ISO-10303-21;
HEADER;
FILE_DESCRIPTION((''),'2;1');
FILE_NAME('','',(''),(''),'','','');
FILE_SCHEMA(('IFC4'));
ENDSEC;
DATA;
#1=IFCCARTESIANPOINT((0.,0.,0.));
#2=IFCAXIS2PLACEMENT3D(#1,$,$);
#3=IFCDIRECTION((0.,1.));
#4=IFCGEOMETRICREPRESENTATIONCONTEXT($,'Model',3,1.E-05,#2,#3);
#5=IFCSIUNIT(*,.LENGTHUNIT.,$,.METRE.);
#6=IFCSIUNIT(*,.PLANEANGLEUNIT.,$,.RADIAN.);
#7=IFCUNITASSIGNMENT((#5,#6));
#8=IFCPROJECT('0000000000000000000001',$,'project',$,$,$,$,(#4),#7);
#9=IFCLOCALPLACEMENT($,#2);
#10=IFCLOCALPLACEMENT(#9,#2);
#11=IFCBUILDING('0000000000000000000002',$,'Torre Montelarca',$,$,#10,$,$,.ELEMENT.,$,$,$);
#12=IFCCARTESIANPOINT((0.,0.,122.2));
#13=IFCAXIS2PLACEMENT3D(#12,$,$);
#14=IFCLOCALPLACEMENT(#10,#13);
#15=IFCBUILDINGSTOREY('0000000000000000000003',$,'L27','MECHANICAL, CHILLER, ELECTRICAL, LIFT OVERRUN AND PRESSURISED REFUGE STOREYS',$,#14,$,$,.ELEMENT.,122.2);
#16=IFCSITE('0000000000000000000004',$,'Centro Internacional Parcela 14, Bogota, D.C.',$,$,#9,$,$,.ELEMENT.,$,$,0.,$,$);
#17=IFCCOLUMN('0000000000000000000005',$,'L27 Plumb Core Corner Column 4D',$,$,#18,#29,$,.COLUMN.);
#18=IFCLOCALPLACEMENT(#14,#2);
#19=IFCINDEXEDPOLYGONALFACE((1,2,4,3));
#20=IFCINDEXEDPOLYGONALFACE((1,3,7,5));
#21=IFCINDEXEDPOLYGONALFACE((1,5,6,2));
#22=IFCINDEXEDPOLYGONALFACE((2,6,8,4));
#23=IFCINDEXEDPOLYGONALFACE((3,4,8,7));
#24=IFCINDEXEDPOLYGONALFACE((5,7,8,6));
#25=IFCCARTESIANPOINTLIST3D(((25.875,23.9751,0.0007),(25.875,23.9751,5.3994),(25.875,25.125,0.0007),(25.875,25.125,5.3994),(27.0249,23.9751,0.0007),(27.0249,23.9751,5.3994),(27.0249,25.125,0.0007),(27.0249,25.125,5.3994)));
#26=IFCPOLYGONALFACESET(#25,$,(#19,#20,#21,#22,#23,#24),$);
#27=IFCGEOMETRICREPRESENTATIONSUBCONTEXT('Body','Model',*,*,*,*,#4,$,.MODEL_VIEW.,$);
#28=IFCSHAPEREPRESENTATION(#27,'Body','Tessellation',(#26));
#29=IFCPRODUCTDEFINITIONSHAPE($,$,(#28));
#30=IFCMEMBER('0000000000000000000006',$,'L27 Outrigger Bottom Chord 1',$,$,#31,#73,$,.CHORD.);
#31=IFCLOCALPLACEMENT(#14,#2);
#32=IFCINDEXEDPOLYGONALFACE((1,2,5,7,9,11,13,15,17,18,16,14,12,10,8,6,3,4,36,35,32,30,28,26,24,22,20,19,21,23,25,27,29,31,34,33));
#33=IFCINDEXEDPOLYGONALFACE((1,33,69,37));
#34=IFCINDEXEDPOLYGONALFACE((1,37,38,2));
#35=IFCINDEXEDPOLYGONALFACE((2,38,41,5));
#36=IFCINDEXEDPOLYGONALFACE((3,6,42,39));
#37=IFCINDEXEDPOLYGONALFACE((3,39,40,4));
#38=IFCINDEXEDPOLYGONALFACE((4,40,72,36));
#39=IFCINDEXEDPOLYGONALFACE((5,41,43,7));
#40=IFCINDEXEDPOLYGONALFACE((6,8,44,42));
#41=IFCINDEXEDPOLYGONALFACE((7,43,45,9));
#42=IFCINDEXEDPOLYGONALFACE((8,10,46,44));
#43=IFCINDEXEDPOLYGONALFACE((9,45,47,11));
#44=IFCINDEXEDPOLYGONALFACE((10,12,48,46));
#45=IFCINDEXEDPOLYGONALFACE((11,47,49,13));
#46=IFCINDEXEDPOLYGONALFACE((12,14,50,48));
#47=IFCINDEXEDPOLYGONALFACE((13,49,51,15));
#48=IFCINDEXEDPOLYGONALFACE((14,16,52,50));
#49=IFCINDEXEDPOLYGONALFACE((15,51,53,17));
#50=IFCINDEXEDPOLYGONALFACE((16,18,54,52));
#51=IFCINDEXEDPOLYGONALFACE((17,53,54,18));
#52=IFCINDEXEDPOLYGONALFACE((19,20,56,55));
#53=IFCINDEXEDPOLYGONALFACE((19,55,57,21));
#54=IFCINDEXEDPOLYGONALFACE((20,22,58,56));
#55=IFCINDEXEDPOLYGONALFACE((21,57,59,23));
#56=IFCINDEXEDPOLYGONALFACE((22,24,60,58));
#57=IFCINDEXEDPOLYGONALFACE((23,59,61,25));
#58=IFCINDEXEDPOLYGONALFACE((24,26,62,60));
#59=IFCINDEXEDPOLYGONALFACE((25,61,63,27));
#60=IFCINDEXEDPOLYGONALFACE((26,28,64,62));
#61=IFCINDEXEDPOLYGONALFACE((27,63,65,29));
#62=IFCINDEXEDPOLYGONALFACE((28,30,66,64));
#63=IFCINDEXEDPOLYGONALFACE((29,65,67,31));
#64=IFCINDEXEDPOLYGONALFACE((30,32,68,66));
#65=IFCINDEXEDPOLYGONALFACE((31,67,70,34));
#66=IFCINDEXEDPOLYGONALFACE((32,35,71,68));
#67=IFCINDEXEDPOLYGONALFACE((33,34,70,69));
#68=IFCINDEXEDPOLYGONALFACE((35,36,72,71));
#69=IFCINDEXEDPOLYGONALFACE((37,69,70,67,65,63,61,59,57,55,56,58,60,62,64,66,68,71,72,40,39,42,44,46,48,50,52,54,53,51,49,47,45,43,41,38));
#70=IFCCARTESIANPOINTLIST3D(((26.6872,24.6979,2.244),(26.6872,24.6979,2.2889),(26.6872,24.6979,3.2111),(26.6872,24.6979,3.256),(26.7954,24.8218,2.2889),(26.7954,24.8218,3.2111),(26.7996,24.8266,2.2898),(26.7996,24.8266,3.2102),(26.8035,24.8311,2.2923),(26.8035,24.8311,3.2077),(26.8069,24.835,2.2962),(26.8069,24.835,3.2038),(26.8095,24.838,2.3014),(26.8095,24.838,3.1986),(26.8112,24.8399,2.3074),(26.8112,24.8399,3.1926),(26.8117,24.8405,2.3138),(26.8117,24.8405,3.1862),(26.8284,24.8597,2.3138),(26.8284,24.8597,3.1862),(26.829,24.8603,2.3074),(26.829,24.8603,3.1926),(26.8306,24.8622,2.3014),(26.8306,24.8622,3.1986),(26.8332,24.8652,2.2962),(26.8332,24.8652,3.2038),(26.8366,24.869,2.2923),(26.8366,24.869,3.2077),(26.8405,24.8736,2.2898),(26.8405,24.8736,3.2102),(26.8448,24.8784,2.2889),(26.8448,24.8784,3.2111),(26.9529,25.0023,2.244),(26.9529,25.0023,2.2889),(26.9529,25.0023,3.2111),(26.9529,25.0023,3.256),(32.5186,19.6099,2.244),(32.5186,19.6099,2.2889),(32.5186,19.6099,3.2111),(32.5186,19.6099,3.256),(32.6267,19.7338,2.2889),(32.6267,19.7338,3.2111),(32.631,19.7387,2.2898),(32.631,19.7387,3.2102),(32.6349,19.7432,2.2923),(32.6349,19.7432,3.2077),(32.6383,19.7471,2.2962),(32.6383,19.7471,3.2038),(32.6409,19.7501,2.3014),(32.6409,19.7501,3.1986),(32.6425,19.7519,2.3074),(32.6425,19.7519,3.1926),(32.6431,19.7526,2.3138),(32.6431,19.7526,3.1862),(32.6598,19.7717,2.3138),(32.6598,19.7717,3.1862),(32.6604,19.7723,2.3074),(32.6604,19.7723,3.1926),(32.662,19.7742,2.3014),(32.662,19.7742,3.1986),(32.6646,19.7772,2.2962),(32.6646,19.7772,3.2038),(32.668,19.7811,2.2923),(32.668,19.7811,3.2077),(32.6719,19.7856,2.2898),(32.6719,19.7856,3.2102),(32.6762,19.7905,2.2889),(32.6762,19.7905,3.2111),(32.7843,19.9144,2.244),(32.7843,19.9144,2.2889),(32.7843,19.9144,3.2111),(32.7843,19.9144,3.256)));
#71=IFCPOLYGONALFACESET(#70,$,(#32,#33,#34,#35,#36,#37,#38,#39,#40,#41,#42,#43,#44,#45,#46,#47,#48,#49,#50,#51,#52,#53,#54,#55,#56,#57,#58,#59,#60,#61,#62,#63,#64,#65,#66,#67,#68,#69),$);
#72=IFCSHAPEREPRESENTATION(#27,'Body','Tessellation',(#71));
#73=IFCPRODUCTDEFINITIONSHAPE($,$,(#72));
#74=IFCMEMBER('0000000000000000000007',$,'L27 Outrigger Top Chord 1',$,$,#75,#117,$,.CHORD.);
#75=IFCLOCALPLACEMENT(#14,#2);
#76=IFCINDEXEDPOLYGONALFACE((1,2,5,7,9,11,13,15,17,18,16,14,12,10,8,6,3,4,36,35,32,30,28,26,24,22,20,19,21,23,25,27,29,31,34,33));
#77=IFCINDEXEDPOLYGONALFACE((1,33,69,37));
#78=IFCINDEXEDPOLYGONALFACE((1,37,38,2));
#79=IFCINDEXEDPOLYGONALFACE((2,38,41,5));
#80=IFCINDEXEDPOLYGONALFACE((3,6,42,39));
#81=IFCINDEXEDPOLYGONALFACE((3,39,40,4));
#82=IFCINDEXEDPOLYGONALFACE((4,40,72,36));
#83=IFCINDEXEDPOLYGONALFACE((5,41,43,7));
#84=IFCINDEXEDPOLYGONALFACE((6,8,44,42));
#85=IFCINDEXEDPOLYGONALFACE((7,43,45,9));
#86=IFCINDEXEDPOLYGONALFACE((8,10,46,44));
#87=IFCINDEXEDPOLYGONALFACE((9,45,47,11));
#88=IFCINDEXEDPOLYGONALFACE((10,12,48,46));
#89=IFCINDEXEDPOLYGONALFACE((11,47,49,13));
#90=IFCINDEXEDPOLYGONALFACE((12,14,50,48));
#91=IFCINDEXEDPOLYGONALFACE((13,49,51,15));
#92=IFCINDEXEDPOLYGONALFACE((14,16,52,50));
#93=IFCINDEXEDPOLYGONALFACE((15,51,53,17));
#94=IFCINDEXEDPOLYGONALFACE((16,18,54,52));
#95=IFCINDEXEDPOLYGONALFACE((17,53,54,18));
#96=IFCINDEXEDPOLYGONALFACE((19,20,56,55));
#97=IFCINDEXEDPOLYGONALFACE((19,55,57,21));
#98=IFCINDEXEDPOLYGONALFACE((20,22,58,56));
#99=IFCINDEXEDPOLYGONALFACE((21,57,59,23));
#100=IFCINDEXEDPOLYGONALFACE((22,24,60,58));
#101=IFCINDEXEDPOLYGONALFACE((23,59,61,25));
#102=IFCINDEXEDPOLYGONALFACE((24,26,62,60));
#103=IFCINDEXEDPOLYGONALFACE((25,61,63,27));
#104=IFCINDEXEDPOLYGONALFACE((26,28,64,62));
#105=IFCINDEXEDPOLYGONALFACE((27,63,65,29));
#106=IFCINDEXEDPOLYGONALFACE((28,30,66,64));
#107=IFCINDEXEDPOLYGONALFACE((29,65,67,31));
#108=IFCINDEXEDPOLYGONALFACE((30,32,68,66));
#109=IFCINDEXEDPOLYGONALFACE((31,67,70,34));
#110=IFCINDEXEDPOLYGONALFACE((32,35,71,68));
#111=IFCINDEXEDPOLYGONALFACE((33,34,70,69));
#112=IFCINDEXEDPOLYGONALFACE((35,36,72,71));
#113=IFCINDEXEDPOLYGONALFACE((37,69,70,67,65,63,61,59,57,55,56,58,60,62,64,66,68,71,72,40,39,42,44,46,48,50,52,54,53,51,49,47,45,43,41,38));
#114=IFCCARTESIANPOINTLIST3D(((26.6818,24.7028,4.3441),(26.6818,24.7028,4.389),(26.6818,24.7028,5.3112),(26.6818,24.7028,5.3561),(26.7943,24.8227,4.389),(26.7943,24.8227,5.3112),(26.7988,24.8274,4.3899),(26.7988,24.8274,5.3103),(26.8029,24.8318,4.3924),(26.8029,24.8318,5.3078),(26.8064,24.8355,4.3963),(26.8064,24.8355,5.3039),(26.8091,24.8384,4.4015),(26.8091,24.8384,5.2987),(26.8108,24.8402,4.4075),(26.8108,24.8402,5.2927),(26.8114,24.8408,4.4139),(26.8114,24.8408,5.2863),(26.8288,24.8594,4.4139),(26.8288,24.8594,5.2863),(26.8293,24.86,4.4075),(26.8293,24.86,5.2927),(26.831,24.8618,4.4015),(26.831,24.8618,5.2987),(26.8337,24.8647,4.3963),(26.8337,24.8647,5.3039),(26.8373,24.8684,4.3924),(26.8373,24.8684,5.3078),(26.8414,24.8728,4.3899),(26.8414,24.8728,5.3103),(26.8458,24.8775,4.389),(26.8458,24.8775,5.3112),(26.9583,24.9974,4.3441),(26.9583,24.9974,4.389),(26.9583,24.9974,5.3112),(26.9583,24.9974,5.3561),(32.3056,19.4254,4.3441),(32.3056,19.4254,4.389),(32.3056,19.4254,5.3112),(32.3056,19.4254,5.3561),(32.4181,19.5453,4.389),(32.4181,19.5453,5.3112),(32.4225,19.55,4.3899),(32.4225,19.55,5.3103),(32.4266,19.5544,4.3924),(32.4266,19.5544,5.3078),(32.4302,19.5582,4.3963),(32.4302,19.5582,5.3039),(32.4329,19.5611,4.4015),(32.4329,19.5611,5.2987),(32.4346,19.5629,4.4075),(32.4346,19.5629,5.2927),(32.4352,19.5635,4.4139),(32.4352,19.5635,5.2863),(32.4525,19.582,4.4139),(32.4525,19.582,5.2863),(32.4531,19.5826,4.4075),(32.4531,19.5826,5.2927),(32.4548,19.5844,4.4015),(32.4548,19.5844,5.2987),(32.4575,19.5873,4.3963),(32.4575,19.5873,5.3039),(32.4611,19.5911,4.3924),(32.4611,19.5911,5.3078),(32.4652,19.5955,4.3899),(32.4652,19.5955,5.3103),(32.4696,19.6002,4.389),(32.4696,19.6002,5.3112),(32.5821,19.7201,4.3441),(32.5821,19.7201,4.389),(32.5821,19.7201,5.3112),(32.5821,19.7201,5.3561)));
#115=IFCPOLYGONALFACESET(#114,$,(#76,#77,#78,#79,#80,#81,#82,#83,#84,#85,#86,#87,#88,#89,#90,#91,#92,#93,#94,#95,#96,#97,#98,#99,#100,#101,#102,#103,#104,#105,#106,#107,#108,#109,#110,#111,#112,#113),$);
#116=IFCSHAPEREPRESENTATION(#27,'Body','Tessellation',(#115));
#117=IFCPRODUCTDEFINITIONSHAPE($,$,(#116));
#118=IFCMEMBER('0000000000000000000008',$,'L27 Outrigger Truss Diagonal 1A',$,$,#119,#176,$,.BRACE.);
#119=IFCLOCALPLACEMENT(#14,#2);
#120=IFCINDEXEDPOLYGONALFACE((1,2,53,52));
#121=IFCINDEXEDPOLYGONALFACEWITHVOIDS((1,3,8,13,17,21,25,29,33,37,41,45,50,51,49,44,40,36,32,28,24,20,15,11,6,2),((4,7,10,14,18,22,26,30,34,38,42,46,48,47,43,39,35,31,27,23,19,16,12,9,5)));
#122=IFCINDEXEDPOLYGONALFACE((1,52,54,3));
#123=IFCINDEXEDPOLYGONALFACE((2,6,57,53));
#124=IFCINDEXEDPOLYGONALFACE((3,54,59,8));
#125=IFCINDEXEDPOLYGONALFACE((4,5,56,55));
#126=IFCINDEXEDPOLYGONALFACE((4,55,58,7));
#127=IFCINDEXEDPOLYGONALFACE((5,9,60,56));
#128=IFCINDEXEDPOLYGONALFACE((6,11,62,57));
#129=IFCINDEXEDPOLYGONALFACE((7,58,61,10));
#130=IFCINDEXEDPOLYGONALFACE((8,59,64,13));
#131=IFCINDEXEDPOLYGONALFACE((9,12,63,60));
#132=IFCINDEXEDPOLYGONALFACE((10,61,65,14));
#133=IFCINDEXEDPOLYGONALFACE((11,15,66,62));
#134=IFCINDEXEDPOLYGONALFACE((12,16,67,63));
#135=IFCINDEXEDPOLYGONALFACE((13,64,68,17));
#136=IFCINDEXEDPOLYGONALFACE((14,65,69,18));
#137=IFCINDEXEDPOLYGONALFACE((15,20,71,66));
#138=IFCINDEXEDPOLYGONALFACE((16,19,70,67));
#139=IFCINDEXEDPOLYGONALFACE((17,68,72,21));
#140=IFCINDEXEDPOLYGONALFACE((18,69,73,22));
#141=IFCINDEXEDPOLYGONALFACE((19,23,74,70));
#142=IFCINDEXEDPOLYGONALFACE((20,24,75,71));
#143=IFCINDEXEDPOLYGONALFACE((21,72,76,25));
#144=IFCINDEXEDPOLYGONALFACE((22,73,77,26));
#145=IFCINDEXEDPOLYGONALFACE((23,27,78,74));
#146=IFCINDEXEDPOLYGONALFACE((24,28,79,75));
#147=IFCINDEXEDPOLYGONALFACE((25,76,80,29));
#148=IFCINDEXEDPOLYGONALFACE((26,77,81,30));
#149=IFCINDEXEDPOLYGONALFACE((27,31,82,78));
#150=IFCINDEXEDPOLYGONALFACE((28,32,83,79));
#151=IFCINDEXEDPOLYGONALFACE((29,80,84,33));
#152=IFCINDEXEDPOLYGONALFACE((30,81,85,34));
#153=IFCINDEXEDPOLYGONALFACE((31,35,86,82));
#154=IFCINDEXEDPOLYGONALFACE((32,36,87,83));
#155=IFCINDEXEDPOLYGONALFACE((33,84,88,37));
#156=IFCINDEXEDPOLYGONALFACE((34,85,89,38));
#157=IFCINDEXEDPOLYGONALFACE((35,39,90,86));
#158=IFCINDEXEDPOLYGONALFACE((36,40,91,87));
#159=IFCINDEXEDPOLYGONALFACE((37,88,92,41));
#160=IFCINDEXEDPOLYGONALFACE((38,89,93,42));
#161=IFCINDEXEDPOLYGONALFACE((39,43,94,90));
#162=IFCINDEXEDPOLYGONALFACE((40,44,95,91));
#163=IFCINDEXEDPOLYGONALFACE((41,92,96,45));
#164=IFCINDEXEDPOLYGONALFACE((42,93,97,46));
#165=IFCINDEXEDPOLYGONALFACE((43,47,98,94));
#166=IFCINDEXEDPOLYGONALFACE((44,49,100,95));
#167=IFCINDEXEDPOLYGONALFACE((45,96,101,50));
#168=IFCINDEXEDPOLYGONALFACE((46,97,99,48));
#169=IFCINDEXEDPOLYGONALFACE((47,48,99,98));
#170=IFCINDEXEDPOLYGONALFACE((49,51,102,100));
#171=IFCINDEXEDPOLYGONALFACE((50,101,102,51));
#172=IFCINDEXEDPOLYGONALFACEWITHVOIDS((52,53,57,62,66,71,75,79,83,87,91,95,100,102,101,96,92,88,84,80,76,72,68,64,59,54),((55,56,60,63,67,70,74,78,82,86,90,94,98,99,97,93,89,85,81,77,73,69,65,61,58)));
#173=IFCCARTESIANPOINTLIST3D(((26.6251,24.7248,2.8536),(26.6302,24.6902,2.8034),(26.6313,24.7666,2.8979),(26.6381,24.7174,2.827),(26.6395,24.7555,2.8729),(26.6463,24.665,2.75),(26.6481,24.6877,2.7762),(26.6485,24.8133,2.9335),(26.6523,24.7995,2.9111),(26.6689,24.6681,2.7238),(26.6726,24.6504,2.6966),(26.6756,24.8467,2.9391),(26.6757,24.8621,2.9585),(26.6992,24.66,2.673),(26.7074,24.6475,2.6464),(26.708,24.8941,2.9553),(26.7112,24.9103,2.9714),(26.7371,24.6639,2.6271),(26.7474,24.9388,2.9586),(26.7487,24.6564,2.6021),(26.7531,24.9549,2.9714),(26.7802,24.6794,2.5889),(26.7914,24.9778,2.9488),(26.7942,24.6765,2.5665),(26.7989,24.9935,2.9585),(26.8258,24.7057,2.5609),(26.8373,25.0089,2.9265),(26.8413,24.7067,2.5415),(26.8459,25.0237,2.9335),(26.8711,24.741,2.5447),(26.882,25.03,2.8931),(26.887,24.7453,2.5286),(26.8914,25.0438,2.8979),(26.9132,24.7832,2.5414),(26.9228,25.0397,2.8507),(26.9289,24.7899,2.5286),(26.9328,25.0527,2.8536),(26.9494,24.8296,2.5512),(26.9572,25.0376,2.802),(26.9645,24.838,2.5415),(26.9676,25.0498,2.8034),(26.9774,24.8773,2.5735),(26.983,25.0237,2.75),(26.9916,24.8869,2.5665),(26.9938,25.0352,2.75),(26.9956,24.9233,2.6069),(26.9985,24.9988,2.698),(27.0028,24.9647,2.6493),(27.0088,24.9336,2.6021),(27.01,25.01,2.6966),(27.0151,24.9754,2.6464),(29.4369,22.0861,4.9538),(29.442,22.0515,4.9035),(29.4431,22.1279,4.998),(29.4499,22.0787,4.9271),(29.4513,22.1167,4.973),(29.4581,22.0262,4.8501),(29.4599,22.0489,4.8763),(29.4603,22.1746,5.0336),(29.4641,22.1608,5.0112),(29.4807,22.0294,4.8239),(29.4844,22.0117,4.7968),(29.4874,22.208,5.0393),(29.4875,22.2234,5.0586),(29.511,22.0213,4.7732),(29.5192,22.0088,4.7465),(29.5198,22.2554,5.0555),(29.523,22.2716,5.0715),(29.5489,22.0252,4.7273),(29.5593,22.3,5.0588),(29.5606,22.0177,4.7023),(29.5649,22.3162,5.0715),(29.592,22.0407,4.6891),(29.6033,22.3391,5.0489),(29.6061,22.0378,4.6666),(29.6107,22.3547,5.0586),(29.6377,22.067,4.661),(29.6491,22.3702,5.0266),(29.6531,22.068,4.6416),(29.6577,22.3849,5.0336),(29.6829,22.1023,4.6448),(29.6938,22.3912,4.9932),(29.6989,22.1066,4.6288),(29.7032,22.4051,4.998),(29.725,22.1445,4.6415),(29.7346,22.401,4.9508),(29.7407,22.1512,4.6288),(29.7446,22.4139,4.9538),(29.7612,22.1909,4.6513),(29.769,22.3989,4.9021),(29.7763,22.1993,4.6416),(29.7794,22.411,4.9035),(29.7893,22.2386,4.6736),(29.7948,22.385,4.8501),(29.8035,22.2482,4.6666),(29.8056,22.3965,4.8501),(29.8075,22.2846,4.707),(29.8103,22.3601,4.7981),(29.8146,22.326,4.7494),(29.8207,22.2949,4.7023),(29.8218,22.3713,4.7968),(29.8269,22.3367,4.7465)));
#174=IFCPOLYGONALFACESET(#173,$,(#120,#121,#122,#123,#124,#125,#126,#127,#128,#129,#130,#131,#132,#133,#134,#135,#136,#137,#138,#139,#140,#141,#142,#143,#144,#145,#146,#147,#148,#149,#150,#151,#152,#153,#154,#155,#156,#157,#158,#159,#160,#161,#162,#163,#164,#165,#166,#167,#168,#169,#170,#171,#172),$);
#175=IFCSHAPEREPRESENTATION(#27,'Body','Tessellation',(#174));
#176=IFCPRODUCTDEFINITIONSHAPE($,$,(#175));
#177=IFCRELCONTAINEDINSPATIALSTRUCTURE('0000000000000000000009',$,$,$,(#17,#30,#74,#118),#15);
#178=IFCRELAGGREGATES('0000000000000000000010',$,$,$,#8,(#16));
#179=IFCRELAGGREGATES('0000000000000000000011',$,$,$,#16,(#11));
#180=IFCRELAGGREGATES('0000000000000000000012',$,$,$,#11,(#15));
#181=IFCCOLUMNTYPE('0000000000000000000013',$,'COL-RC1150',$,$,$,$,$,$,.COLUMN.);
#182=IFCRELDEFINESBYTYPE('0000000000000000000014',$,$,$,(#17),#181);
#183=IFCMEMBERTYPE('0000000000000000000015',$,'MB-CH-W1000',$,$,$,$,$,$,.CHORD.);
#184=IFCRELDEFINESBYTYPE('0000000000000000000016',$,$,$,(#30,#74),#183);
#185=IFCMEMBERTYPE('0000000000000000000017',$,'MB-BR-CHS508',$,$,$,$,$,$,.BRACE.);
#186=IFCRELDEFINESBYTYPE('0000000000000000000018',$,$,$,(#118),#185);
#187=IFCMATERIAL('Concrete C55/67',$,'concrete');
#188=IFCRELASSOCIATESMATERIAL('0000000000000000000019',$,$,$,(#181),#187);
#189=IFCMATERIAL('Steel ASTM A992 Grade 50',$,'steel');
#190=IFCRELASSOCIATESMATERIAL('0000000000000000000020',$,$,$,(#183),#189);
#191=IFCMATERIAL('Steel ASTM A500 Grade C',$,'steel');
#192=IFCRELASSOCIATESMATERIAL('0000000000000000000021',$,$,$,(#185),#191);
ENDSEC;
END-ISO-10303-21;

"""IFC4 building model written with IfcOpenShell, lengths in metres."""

from ifc_helpers import new_model, si_unit, direction, frame, origin, origin_2d, place, context, subcontext, project, spatial, rectangle, hollow_circle, i_section, extrude, source, transform, mapped, material, material_profile, profile_set, type_object, element, save


model = new_model("IFC4")

# Units and contexts
model_context = context("Model", 3, precision=1e-05, world=origin(), true_north=direction((0.0, 1.0)))
body_context = subcontext(model_context, "Body", "Model", "MODEL_VIEW")
ifc_project = project(units=[si_unit("LENGTHUNIT", "METRE"), si_unit("PLANEANGLEUNIT", "RADIAN")], contexts=[model_context])

# Site, building, storey
site_placement = place(None, origin())
site = spatial("IfcSite", under=ifc_project, at=site_placement, Name="Centro Internacional Parcela 14, Bogota, D.C.", CompositionType="ELEMENT", RefElevation=0.0)
building_placement = place(site_placement, origin())
building = spatial("IfcBuilding", under=site, at=building_placement, Name="Torre Montelarca", CompositionType="ELEMENT")
storey_placement = place(building_placement, frame((0.0, 0.0, 122.2)))
storey = spatial("IfcBuildingStorey", under=building, at=storey_placement, Name="L27", Description="MECHANICAL, CHILLER, ELECTRICAL, LIFT OVERRUN AND PRESSURISED REFUGE STOREYS", CompositionType="ELEMENT", Elevation=122.2)

# Column
ifc_material_1 = material(Name="Concrete C55/67", Category="concrete")
ifc_material_profile_1 = material_profile(ifc_material_1, rectangle(XDim=1.1499, YDim=1.1499, at=origin_2d()), Name="RC1150X1150", Category="concrete")
ifc_profile_set_1 = profile_set([ifc_material_profile_1], Name="Concrete C55/67")
column_type = type_object("IfcColumnType", Name="COL-RC1150", PredefinedType="COLUMN", material=ifc_profile_set_1)
shared_shape_1 = source(origin(), body_context, "Body", "SweptSolid", [
    extrude(rectangle(XDim=1.1499, YDim=1.1499, at=origin_2d()), origin(), (0.0, 0.0, 1.0), 5.3987),
])
column_placement = place(storey_placement, frame((26.45, 24.55, 0.0007), z_axis=(0.0, 0.0, 1.0), x_axis=(1.0, 0.0, 0.0)))
element("IfcColumn", 1, at=column_placement, inside=storey, type_object=column_type, Name="L27 Plumb Core Corner Column 4D", PredefinedType="COLUMN", context=body_context, shape_type="MappedRepresentation", body=[
    mapped(shared_shape_1, transform((0.0, 0.0, 0.0), scale=1.0)),
])

# Members
ifc_material_2 = material(Name="Steel ASTM A992 Grade 50", Category="steel")
ifc_material_profile_2 = material_profile(ifc_material_2, i_section(OverallWidth=0.4041, OverallDepth=1.012, WebThickness=0.0254, FlangeThickness=0.0449, FilletRadius=0.0249, at=origin_2d()), Name="W1000X483", Category="steel")
ifc_profile_set_2 = profile_set([ifc_material_profile_2], Name="Steel ASTM A992 Grade 50")
member_type_1 = type_object("IfcMemberType", Name="MB-CH-W1000", PredefinedType="CHORD", material=ifc_profile_set_2)
shared_shape_2 = source(origin(), body_context, "Body", "SweptSolid", [
    extrude(i_section(OverallWidth=0.4041, OverallDepth=1.012, WebThickness=0.0254, FlangeThickness=0.0449, FilletRadius=0.0249, at=origin_2d()), origin(), (0.0, 0.0, 1.0), 7.739),
])
member_1_placement = place(storey_placement, frame((26.8201, 24.8501, 2.75), z_axis=(0.753504, -0.657443, 0.0), x_axis=(0.657443, 0.753504, 0.0)))
element("IfcMember", 2, at=member_1_placement, inside=storey, type_object=member_type_1, Name="L27 Outrigger Bottom Chord 1", PredefinedType="CHORD", context=body_context, shape_type="MappedRepresentation", body=[
    mapped(shared_shape_2, transform((0.0, 0.0, 0.0), scale=1.0)),
])
shared_shape_3 = source(origin(), body_context, "Body", "SweptSolid", [
    extrude(i_section(OverallWidth=0.4041, OverallDepth=1.012, WebThickness=0.0254, FlangeThickness=0.0449, FilletRadius=0.0249, at=origin_2d()), origin(), (0.0, 0.0, 1.0), 7.7122),
])
member_2_placement = place(storey_placement, frame((26.8201, 24.8501, 4.8501), z_axis=(0.72921, -0.68429, 0.0), x_axis=(0.68429, 0.72921, 0.0)))
element("IfcMember", 3, at=member_2_placement, inside=storey, type_object=member_type_1, Name="L27 Outrigger Top Chord 1", PredefinedType="CHORD", context=body_context, shape_type="MappedRepresentation", body=[
    mapped(shared_shape_3, transform((0.0, 0.0, 0.0), scale=1.0)),
])
ifc_material_3 = material(Name="Steel ASTM A500 Grade C", Category="steel")
ifc_material_profile_3 = material_profile(ifc_material_3, hollow_circle(Radius=0.2539, WallThickness=0.0159, at=origin_2d()), Name="HSS508.0X15.9", Category="steel")
ifc_profile_set_3 = profile_set([ifc_material_profile_3], Name="Steel ASTM A500 Grade C")
member_type_2 = type_object("IfcMemberType", Name="MB-BR-CHS508", PredefinedType="BRACE", material=ifc_profile_set_3)
shared_shape_4 = source(origin(), body_context, "Body", "SweptSolid", [
    extrude(hollow_circle(Radius=0.2539, WallThickness=0.0159, at=origin_2d()), origin(), (0.0, 0.0, 1.0), 4.3909),
])
member_3_placement = place(storey_placement, frame((26.8201, 24.8501, 2.75), z_axis=(0.640379, -0.600956, 0.478296), x_axis=(0.684305, 0.729196, 0.0)))
element("IfcMember", 4, at=member_3_placement, inside=storey, type_object=member_type_2, Name="L27 Outrigger Truss Diagonal 1A", PredefinedType="BRACE", context=body_context, shape_type="MappedRepresentation", body=[
    mapped(shared_shape_4, transform((0.0, 0.0, 0.0), scale=1.0)),
])

save(model, "model.ifc")
